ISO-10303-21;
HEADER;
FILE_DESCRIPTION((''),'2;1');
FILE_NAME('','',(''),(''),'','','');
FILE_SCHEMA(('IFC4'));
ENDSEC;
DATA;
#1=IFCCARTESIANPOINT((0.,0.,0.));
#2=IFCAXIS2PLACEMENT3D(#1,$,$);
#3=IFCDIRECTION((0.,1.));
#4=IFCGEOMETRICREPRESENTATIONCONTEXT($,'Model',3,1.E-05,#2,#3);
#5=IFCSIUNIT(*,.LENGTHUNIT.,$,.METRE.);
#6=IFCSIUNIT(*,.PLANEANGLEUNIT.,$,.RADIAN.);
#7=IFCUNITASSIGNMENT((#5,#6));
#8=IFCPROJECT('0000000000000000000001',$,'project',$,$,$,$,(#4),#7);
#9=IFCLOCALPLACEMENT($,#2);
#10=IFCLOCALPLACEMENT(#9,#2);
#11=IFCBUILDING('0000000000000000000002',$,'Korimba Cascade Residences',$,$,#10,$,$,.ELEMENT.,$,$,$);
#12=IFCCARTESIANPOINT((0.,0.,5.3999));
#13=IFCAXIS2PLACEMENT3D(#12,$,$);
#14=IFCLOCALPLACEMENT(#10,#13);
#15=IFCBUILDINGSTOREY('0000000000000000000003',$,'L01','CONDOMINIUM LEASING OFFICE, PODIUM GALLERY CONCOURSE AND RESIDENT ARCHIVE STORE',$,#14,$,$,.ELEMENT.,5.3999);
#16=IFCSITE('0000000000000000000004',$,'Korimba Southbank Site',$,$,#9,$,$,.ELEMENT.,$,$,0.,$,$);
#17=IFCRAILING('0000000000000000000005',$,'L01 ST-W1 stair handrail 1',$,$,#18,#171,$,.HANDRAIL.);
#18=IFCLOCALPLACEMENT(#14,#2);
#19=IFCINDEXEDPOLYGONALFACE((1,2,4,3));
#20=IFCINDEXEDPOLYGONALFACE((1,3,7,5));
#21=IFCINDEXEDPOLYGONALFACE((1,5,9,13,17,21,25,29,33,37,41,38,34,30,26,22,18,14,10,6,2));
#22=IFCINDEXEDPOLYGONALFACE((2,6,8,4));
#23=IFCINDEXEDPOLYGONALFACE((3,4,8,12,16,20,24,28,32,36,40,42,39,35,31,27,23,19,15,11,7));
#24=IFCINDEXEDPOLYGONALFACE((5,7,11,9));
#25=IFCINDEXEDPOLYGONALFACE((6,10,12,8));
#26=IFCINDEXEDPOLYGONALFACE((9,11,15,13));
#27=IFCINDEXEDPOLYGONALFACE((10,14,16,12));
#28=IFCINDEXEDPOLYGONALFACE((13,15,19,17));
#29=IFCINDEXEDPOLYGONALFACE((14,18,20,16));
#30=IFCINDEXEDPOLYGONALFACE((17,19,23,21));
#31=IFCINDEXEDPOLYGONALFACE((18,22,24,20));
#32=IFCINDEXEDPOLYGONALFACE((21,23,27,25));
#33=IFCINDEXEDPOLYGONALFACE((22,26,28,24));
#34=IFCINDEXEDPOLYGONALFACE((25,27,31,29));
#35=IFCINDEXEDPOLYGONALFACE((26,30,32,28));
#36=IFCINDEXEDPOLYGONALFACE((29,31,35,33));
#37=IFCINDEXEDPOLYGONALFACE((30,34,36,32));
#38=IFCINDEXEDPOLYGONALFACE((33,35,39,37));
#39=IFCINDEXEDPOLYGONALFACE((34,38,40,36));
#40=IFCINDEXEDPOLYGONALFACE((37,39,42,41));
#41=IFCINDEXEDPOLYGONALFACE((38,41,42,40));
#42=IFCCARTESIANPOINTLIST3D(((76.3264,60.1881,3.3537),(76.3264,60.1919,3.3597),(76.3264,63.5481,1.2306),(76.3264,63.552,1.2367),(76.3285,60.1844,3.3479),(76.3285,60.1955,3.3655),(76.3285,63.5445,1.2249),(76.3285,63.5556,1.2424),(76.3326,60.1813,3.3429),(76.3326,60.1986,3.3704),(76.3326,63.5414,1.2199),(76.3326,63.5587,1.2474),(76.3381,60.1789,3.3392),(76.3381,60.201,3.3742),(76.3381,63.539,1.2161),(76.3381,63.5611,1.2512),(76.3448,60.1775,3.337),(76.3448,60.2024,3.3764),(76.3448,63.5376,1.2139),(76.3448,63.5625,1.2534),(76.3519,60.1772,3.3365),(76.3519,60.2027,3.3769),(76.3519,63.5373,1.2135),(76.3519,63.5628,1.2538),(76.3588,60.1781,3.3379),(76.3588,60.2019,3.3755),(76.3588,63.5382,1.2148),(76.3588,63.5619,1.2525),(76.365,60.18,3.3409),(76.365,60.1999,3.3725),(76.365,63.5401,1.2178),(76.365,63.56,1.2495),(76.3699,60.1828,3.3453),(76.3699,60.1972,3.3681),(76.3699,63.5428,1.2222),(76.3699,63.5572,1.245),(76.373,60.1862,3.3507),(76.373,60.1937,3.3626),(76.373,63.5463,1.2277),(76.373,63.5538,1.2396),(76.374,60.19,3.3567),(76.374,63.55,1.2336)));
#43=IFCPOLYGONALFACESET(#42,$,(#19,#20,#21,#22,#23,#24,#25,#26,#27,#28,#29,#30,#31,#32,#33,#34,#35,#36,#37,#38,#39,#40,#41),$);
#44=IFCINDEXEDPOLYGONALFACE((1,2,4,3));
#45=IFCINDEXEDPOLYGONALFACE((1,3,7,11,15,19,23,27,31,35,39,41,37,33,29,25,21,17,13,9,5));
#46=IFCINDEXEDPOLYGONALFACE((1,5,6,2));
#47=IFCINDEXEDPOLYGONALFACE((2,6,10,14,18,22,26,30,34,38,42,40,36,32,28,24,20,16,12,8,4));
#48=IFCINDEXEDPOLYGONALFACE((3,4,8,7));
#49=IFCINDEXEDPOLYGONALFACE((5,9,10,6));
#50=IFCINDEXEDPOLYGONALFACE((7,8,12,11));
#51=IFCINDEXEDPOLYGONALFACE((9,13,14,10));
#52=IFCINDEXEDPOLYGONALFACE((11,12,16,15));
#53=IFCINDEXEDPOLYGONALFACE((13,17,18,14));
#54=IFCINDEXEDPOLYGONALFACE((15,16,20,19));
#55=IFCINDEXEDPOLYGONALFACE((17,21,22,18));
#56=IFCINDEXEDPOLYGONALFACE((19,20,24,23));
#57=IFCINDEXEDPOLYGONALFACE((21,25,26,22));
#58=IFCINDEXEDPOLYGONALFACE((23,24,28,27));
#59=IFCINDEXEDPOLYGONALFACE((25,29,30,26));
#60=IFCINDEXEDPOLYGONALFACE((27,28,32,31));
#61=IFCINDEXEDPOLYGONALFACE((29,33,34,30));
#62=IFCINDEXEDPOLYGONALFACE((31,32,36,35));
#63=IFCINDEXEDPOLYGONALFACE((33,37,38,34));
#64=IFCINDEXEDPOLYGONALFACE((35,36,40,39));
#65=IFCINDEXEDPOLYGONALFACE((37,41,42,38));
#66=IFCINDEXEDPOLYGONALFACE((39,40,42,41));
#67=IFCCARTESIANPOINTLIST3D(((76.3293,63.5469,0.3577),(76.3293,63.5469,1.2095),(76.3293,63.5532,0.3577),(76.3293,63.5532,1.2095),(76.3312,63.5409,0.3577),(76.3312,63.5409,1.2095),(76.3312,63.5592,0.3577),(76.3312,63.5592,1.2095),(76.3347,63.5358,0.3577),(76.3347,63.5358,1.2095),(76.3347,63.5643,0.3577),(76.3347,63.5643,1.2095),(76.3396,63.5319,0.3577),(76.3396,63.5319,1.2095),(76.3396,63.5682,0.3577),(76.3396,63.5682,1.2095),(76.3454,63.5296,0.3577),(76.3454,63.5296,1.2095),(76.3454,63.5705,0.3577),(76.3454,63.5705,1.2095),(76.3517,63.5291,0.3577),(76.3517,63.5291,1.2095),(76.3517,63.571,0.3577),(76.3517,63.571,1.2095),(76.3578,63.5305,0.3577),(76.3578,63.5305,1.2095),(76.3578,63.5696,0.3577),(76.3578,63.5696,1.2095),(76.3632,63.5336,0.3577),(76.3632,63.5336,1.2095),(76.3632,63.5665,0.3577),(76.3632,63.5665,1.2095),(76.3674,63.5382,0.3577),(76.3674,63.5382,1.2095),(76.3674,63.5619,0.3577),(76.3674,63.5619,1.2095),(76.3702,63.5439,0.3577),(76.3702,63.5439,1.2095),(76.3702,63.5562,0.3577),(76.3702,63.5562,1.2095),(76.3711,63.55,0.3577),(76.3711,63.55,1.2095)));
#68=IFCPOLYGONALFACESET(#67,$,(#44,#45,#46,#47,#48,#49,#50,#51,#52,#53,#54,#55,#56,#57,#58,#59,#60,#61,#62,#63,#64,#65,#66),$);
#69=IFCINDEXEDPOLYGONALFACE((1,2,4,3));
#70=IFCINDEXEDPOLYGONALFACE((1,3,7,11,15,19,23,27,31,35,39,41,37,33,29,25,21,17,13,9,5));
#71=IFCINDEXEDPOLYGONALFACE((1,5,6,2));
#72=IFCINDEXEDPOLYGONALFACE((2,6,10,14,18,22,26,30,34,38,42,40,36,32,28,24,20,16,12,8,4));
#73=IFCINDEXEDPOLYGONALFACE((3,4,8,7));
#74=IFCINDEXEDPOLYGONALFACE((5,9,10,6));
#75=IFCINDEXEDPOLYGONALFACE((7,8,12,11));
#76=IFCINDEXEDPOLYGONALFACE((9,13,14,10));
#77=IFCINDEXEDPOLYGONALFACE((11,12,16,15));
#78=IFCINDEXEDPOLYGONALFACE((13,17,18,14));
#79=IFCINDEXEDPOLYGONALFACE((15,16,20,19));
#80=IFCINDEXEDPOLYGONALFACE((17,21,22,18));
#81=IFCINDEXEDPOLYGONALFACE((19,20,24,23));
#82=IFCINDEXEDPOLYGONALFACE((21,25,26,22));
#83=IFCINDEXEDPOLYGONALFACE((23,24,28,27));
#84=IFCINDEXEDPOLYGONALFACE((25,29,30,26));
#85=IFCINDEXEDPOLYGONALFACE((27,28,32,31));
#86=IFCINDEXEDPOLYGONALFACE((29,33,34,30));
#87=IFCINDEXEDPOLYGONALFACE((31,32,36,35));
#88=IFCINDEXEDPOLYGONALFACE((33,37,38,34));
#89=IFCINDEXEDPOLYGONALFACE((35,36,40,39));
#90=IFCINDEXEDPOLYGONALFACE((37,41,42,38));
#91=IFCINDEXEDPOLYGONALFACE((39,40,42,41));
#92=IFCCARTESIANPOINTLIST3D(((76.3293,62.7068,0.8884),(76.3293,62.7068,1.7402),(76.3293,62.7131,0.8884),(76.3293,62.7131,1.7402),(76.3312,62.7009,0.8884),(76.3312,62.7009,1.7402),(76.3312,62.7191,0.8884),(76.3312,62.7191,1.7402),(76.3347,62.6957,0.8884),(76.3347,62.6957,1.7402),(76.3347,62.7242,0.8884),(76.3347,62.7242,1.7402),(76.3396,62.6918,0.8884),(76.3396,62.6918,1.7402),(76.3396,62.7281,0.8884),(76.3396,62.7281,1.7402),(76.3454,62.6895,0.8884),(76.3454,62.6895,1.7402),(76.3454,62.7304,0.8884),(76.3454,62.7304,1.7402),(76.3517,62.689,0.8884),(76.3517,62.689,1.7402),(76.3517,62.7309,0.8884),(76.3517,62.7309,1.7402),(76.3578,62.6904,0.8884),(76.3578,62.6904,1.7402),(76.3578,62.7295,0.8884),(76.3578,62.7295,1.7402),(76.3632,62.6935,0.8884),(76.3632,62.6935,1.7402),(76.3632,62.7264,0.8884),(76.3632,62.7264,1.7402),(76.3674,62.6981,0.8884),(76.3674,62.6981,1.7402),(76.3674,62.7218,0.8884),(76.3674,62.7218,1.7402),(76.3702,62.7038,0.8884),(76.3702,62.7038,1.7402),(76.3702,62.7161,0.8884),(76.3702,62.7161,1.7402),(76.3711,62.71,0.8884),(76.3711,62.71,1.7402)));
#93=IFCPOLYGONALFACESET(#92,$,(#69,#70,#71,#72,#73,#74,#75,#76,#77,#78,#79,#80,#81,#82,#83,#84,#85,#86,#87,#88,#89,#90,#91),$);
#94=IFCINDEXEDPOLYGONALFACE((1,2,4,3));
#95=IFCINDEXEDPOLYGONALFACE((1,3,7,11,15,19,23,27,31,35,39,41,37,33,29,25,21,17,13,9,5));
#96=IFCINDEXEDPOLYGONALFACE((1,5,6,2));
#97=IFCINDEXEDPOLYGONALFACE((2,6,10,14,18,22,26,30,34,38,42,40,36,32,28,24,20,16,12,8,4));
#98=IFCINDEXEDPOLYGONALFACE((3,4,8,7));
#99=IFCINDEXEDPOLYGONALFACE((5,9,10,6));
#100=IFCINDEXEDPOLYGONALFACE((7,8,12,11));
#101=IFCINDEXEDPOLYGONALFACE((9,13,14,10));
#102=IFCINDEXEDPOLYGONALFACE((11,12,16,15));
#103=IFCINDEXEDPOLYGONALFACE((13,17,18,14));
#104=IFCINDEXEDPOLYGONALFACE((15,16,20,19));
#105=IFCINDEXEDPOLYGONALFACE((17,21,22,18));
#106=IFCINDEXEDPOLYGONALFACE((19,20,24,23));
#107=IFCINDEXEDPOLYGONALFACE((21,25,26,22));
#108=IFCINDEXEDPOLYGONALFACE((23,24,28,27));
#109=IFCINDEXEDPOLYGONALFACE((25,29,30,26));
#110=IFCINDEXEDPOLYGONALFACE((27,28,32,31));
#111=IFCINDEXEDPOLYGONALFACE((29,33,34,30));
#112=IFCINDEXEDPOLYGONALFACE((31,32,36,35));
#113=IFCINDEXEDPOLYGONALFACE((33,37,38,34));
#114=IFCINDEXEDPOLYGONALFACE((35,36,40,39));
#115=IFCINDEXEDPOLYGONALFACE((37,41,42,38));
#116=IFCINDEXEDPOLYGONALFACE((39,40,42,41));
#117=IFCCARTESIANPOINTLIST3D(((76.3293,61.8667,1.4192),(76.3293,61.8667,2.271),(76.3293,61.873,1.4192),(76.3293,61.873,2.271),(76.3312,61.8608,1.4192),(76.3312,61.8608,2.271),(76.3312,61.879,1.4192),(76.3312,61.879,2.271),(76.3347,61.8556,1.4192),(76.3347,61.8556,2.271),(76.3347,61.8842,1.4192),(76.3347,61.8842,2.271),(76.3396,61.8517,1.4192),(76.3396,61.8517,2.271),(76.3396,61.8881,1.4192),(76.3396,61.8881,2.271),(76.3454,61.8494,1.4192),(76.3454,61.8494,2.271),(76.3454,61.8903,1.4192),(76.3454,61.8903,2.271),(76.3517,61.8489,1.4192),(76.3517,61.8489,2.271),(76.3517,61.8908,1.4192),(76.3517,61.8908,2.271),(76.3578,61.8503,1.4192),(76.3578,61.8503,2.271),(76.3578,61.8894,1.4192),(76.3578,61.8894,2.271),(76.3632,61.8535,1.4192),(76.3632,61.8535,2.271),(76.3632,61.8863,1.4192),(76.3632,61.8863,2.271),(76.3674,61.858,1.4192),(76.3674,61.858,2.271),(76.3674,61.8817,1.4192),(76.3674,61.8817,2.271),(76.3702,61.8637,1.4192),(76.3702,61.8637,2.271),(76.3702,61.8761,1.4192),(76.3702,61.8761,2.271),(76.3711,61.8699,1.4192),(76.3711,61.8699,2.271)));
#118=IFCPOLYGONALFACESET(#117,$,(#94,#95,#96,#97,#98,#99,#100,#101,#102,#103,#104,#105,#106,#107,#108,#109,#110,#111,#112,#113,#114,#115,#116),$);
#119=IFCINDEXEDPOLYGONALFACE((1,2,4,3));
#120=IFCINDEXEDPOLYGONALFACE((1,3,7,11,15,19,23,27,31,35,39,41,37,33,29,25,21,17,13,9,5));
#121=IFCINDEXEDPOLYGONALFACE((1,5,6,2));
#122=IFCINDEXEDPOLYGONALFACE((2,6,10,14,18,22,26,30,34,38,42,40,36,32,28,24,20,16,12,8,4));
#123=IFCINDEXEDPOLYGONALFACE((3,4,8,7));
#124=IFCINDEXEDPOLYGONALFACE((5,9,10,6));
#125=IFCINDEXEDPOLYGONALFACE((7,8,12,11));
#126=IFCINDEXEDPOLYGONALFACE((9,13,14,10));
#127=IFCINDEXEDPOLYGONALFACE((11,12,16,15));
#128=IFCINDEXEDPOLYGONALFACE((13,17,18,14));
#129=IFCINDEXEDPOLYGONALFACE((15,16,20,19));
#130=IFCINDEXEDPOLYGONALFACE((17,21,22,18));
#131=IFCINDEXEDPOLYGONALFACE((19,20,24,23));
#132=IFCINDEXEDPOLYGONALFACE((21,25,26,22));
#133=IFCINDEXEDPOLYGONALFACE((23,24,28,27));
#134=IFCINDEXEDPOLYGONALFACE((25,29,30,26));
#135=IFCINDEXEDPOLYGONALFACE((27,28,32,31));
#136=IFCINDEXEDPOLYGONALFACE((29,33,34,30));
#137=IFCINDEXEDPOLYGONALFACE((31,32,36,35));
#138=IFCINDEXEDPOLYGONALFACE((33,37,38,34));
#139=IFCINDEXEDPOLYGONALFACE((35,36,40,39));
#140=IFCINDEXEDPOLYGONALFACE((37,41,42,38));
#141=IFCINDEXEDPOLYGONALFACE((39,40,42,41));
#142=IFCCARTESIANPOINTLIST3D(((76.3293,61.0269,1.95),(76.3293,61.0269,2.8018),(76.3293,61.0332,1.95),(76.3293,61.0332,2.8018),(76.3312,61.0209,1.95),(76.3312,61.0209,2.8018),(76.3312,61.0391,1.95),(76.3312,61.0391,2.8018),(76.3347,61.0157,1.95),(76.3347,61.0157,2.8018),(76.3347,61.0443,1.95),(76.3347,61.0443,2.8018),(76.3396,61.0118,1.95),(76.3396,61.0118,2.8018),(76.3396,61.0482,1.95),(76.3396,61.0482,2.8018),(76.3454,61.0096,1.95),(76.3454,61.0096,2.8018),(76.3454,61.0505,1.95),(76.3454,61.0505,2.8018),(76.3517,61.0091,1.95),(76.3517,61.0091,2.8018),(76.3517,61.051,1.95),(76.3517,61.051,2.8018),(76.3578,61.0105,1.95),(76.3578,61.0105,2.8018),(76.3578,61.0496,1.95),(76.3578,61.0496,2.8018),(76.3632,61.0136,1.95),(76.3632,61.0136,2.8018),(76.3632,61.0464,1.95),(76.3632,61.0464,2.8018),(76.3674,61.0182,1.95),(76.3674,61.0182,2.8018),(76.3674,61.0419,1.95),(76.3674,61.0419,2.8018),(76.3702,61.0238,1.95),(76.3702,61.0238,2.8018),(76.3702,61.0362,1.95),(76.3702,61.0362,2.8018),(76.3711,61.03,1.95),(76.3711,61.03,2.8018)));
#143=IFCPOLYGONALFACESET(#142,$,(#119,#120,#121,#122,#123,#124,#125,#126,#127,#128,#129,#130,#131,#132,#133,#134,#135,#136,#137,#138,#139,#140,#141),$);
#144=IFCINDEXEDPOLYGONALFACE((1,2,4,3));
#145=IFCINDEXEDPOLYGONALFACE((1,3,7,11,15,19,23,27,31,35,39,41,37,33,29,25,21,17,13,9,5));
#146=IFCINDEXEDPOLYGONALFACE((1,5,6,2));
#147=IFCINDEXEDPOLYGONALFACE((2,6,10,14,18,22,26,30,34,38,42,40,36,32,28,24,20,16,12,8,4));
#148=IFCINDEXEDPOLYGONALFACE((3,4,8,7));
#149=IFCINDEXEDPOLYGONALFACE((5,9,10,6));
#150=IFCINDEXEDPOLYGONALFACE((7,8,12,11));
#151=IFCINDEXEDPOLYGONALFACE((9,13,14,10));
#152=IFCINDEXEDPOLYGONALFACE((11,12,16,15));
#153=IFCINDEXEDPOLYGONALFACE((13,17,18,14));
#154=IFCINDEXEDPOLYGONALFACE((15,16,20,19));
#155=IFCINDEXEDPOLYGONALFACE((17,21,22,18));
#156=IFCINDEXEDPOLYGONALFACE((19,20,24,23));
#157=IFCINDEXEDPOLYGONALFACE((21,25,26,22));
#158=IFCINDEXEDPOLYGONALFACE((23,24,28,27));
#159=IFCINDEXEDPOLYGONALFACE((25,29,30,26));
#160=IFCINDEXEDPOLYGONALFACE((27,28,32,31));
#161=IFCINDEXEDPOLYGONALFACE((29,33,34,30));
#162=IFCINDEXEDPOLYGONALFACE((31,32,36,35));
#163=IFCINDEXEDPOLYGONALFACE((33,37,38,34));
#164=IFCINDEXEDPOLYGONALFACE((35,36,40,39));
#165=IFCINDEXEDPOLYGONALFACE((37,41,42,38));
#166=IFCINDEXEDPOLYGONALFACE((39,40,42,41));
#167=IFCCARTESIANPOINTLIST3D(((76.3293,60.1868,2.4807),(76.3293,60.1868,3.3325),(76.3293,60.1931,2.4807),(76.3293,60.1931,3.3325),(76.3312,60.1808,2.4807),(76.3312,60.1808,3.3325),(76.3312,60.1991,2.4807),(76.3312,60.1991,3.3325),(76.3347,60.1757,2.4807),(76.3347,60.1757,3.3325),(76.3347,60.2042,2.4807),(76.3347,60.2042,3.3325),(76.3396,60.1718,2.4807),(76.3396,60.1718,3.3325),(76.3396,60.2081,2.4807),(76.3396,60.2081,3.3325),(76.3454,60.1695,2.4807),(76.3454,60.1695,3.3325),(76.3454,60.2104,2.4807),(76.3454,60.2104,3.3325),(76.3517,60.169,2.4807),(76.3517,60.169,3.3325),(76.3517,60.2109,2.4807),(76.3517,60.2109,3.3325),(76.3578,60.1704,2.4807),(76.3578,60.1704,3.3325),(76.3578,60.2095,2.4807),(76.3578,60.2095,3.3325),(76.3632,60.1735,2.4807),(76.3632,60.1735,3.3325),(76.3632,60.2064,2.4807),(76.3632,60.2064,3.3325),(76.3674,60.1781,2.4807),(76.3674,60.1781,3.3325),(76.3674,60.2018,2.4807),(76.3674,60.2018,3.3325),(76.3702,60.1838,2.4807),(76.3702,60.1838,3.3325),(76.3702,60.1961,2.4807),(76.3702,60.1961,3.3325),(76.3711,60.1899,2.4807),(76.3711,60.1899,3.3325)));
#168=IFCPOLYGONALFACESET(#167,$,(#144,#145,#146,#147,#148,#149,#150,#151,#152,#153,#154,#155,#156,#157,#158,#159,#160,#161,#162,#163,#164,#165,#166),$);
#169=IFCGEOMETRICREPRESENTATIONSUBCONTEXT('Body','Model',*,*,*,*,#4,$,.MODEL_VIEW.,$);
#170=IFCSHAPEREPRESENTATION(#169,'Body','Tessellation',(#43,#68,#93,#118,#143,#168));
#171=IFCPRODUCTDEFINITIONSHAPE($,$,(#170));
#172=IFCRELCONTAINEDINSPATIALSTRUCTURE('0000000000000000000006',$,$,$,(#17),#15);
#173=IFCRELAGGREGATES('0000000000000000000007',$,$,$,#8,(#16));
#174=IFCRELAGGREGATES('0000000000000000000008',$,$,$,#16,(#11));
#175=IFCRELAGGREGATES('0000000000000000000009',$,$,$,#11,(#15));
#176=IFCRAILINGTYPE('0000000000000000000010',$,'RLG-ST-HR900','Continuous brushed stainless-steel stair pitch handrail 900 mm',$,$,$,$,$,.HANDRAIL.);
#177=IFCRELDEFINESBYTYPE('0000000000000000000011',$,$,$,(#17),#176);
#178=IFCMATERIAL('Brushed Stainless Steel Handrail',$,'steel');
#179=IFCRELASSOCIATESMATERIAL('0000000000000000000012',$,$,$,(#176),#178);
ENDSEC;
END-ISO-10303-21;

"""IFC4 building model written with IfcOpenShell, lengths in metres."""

from ifc_helpers import new_model, si_unit, direction, frame, origin, origin_2d, place, context, subcontext, project, spatial, circle, extrude, material, type_object, element, save


model = new_model("IFC4")

# Units and contexts
model_context = context("Model", 3, precision=1e-05, world=origin(), true_north=direction((0.0, 1.0)))
body_context = subcontext(model_context, "Body", "Model", "MODEL_VIEW")
ifc_project = project(units=[si_unit("LENGTHUNIT", "METRE"), si_unit("PLANEANGLEUNIT", "RADIAN")], contexts=[model_context])

# Site, building, storey
site_placement = place(None, origin())
site = spatial("IfcSite", under=ifc_project, at=site_placement, Name="Korimba Southbank Site", CompositionType="ELEMENT", RefElevation=0.0)
building_placement = place(site_placement, origin())
building = spatial("IfcBuilding", under=site, at=building_placement, Name="Korimba Cascade Residences", CompositionType="ELEMENT")
storey_placement = place(building_placement, frame((0.0, 0.0, 5.3999)))
storey = spatial("IfcBuildingStorey", under=building, at=storey_placement, Name="L01", Description="CONDOMINIUM LEASING OFFICE, PODIUM GALLERY CONCOURSE AND RESIDENT ARCHIVE STORE", CompositionType="ELEMENT", Elevation=5.3999)

# Railing
ifc_material_1 = material(Name="Brushed Stainless Steel Handrail", Category="steel")
railing_type_1 = type_object("IfcRailingType", Name="RLG-ST-HR900", Description="Continuous brushed stainless-steel stair pitch handrail 900 mm", PredefinedType="HANDRAIL", material=ifc_material_1)
railing_1_placement = place(storey_placement, frame((76.3501, 63.55, 0.3577)))
element("IfcRailing", 1, at=railing_1_placement, inside=storey, type_object=railing_type_1, Name="L01 ST-W1 stair handrail 1", PredefinedType="HANDRAIL", context=body_context, shape_type="SweptSolid", body=[
    extrude(circle(Radius=0.0239, at=origin_2d()), frame((0.0, 0.0, 0.876), z_axis=(0.0, -0.84539, 0.53415), x_axis=(1.0, 0.0, 0.0)), (0.0, 0.0, 1.0), 3.9746),
    extrude(circle(Radius=0.021, at=origin_2d()), origin(), (0.0, 0.0, 1.0), 0.8518),
    extrude(circle(Radius=0.021, at=origin_2d()), frame((0.0, -0.8401, 0.5308)), (0.0, 0.0, 1.0), 0.8518),
    extrude(circle(Radius=0.021, at=origin_2d()), frame((0.0, -1.6802, 1.0615)), (0.0, 0.0, 1.0), 0.8518),
    extrude(circle(Radius=0.021, at=origin_2d()), frame((0.0, -2.52, 1.5923)), (0.0, 0.0, 1.0), 0.8518),
    extrude(circle(Radius=0.021, at=origin_2d()), frame((0.0, -3.3601, 2.123)), (0.0, 0.0, 1.0), 0.8518),
])

save(model, "model.ifc")
